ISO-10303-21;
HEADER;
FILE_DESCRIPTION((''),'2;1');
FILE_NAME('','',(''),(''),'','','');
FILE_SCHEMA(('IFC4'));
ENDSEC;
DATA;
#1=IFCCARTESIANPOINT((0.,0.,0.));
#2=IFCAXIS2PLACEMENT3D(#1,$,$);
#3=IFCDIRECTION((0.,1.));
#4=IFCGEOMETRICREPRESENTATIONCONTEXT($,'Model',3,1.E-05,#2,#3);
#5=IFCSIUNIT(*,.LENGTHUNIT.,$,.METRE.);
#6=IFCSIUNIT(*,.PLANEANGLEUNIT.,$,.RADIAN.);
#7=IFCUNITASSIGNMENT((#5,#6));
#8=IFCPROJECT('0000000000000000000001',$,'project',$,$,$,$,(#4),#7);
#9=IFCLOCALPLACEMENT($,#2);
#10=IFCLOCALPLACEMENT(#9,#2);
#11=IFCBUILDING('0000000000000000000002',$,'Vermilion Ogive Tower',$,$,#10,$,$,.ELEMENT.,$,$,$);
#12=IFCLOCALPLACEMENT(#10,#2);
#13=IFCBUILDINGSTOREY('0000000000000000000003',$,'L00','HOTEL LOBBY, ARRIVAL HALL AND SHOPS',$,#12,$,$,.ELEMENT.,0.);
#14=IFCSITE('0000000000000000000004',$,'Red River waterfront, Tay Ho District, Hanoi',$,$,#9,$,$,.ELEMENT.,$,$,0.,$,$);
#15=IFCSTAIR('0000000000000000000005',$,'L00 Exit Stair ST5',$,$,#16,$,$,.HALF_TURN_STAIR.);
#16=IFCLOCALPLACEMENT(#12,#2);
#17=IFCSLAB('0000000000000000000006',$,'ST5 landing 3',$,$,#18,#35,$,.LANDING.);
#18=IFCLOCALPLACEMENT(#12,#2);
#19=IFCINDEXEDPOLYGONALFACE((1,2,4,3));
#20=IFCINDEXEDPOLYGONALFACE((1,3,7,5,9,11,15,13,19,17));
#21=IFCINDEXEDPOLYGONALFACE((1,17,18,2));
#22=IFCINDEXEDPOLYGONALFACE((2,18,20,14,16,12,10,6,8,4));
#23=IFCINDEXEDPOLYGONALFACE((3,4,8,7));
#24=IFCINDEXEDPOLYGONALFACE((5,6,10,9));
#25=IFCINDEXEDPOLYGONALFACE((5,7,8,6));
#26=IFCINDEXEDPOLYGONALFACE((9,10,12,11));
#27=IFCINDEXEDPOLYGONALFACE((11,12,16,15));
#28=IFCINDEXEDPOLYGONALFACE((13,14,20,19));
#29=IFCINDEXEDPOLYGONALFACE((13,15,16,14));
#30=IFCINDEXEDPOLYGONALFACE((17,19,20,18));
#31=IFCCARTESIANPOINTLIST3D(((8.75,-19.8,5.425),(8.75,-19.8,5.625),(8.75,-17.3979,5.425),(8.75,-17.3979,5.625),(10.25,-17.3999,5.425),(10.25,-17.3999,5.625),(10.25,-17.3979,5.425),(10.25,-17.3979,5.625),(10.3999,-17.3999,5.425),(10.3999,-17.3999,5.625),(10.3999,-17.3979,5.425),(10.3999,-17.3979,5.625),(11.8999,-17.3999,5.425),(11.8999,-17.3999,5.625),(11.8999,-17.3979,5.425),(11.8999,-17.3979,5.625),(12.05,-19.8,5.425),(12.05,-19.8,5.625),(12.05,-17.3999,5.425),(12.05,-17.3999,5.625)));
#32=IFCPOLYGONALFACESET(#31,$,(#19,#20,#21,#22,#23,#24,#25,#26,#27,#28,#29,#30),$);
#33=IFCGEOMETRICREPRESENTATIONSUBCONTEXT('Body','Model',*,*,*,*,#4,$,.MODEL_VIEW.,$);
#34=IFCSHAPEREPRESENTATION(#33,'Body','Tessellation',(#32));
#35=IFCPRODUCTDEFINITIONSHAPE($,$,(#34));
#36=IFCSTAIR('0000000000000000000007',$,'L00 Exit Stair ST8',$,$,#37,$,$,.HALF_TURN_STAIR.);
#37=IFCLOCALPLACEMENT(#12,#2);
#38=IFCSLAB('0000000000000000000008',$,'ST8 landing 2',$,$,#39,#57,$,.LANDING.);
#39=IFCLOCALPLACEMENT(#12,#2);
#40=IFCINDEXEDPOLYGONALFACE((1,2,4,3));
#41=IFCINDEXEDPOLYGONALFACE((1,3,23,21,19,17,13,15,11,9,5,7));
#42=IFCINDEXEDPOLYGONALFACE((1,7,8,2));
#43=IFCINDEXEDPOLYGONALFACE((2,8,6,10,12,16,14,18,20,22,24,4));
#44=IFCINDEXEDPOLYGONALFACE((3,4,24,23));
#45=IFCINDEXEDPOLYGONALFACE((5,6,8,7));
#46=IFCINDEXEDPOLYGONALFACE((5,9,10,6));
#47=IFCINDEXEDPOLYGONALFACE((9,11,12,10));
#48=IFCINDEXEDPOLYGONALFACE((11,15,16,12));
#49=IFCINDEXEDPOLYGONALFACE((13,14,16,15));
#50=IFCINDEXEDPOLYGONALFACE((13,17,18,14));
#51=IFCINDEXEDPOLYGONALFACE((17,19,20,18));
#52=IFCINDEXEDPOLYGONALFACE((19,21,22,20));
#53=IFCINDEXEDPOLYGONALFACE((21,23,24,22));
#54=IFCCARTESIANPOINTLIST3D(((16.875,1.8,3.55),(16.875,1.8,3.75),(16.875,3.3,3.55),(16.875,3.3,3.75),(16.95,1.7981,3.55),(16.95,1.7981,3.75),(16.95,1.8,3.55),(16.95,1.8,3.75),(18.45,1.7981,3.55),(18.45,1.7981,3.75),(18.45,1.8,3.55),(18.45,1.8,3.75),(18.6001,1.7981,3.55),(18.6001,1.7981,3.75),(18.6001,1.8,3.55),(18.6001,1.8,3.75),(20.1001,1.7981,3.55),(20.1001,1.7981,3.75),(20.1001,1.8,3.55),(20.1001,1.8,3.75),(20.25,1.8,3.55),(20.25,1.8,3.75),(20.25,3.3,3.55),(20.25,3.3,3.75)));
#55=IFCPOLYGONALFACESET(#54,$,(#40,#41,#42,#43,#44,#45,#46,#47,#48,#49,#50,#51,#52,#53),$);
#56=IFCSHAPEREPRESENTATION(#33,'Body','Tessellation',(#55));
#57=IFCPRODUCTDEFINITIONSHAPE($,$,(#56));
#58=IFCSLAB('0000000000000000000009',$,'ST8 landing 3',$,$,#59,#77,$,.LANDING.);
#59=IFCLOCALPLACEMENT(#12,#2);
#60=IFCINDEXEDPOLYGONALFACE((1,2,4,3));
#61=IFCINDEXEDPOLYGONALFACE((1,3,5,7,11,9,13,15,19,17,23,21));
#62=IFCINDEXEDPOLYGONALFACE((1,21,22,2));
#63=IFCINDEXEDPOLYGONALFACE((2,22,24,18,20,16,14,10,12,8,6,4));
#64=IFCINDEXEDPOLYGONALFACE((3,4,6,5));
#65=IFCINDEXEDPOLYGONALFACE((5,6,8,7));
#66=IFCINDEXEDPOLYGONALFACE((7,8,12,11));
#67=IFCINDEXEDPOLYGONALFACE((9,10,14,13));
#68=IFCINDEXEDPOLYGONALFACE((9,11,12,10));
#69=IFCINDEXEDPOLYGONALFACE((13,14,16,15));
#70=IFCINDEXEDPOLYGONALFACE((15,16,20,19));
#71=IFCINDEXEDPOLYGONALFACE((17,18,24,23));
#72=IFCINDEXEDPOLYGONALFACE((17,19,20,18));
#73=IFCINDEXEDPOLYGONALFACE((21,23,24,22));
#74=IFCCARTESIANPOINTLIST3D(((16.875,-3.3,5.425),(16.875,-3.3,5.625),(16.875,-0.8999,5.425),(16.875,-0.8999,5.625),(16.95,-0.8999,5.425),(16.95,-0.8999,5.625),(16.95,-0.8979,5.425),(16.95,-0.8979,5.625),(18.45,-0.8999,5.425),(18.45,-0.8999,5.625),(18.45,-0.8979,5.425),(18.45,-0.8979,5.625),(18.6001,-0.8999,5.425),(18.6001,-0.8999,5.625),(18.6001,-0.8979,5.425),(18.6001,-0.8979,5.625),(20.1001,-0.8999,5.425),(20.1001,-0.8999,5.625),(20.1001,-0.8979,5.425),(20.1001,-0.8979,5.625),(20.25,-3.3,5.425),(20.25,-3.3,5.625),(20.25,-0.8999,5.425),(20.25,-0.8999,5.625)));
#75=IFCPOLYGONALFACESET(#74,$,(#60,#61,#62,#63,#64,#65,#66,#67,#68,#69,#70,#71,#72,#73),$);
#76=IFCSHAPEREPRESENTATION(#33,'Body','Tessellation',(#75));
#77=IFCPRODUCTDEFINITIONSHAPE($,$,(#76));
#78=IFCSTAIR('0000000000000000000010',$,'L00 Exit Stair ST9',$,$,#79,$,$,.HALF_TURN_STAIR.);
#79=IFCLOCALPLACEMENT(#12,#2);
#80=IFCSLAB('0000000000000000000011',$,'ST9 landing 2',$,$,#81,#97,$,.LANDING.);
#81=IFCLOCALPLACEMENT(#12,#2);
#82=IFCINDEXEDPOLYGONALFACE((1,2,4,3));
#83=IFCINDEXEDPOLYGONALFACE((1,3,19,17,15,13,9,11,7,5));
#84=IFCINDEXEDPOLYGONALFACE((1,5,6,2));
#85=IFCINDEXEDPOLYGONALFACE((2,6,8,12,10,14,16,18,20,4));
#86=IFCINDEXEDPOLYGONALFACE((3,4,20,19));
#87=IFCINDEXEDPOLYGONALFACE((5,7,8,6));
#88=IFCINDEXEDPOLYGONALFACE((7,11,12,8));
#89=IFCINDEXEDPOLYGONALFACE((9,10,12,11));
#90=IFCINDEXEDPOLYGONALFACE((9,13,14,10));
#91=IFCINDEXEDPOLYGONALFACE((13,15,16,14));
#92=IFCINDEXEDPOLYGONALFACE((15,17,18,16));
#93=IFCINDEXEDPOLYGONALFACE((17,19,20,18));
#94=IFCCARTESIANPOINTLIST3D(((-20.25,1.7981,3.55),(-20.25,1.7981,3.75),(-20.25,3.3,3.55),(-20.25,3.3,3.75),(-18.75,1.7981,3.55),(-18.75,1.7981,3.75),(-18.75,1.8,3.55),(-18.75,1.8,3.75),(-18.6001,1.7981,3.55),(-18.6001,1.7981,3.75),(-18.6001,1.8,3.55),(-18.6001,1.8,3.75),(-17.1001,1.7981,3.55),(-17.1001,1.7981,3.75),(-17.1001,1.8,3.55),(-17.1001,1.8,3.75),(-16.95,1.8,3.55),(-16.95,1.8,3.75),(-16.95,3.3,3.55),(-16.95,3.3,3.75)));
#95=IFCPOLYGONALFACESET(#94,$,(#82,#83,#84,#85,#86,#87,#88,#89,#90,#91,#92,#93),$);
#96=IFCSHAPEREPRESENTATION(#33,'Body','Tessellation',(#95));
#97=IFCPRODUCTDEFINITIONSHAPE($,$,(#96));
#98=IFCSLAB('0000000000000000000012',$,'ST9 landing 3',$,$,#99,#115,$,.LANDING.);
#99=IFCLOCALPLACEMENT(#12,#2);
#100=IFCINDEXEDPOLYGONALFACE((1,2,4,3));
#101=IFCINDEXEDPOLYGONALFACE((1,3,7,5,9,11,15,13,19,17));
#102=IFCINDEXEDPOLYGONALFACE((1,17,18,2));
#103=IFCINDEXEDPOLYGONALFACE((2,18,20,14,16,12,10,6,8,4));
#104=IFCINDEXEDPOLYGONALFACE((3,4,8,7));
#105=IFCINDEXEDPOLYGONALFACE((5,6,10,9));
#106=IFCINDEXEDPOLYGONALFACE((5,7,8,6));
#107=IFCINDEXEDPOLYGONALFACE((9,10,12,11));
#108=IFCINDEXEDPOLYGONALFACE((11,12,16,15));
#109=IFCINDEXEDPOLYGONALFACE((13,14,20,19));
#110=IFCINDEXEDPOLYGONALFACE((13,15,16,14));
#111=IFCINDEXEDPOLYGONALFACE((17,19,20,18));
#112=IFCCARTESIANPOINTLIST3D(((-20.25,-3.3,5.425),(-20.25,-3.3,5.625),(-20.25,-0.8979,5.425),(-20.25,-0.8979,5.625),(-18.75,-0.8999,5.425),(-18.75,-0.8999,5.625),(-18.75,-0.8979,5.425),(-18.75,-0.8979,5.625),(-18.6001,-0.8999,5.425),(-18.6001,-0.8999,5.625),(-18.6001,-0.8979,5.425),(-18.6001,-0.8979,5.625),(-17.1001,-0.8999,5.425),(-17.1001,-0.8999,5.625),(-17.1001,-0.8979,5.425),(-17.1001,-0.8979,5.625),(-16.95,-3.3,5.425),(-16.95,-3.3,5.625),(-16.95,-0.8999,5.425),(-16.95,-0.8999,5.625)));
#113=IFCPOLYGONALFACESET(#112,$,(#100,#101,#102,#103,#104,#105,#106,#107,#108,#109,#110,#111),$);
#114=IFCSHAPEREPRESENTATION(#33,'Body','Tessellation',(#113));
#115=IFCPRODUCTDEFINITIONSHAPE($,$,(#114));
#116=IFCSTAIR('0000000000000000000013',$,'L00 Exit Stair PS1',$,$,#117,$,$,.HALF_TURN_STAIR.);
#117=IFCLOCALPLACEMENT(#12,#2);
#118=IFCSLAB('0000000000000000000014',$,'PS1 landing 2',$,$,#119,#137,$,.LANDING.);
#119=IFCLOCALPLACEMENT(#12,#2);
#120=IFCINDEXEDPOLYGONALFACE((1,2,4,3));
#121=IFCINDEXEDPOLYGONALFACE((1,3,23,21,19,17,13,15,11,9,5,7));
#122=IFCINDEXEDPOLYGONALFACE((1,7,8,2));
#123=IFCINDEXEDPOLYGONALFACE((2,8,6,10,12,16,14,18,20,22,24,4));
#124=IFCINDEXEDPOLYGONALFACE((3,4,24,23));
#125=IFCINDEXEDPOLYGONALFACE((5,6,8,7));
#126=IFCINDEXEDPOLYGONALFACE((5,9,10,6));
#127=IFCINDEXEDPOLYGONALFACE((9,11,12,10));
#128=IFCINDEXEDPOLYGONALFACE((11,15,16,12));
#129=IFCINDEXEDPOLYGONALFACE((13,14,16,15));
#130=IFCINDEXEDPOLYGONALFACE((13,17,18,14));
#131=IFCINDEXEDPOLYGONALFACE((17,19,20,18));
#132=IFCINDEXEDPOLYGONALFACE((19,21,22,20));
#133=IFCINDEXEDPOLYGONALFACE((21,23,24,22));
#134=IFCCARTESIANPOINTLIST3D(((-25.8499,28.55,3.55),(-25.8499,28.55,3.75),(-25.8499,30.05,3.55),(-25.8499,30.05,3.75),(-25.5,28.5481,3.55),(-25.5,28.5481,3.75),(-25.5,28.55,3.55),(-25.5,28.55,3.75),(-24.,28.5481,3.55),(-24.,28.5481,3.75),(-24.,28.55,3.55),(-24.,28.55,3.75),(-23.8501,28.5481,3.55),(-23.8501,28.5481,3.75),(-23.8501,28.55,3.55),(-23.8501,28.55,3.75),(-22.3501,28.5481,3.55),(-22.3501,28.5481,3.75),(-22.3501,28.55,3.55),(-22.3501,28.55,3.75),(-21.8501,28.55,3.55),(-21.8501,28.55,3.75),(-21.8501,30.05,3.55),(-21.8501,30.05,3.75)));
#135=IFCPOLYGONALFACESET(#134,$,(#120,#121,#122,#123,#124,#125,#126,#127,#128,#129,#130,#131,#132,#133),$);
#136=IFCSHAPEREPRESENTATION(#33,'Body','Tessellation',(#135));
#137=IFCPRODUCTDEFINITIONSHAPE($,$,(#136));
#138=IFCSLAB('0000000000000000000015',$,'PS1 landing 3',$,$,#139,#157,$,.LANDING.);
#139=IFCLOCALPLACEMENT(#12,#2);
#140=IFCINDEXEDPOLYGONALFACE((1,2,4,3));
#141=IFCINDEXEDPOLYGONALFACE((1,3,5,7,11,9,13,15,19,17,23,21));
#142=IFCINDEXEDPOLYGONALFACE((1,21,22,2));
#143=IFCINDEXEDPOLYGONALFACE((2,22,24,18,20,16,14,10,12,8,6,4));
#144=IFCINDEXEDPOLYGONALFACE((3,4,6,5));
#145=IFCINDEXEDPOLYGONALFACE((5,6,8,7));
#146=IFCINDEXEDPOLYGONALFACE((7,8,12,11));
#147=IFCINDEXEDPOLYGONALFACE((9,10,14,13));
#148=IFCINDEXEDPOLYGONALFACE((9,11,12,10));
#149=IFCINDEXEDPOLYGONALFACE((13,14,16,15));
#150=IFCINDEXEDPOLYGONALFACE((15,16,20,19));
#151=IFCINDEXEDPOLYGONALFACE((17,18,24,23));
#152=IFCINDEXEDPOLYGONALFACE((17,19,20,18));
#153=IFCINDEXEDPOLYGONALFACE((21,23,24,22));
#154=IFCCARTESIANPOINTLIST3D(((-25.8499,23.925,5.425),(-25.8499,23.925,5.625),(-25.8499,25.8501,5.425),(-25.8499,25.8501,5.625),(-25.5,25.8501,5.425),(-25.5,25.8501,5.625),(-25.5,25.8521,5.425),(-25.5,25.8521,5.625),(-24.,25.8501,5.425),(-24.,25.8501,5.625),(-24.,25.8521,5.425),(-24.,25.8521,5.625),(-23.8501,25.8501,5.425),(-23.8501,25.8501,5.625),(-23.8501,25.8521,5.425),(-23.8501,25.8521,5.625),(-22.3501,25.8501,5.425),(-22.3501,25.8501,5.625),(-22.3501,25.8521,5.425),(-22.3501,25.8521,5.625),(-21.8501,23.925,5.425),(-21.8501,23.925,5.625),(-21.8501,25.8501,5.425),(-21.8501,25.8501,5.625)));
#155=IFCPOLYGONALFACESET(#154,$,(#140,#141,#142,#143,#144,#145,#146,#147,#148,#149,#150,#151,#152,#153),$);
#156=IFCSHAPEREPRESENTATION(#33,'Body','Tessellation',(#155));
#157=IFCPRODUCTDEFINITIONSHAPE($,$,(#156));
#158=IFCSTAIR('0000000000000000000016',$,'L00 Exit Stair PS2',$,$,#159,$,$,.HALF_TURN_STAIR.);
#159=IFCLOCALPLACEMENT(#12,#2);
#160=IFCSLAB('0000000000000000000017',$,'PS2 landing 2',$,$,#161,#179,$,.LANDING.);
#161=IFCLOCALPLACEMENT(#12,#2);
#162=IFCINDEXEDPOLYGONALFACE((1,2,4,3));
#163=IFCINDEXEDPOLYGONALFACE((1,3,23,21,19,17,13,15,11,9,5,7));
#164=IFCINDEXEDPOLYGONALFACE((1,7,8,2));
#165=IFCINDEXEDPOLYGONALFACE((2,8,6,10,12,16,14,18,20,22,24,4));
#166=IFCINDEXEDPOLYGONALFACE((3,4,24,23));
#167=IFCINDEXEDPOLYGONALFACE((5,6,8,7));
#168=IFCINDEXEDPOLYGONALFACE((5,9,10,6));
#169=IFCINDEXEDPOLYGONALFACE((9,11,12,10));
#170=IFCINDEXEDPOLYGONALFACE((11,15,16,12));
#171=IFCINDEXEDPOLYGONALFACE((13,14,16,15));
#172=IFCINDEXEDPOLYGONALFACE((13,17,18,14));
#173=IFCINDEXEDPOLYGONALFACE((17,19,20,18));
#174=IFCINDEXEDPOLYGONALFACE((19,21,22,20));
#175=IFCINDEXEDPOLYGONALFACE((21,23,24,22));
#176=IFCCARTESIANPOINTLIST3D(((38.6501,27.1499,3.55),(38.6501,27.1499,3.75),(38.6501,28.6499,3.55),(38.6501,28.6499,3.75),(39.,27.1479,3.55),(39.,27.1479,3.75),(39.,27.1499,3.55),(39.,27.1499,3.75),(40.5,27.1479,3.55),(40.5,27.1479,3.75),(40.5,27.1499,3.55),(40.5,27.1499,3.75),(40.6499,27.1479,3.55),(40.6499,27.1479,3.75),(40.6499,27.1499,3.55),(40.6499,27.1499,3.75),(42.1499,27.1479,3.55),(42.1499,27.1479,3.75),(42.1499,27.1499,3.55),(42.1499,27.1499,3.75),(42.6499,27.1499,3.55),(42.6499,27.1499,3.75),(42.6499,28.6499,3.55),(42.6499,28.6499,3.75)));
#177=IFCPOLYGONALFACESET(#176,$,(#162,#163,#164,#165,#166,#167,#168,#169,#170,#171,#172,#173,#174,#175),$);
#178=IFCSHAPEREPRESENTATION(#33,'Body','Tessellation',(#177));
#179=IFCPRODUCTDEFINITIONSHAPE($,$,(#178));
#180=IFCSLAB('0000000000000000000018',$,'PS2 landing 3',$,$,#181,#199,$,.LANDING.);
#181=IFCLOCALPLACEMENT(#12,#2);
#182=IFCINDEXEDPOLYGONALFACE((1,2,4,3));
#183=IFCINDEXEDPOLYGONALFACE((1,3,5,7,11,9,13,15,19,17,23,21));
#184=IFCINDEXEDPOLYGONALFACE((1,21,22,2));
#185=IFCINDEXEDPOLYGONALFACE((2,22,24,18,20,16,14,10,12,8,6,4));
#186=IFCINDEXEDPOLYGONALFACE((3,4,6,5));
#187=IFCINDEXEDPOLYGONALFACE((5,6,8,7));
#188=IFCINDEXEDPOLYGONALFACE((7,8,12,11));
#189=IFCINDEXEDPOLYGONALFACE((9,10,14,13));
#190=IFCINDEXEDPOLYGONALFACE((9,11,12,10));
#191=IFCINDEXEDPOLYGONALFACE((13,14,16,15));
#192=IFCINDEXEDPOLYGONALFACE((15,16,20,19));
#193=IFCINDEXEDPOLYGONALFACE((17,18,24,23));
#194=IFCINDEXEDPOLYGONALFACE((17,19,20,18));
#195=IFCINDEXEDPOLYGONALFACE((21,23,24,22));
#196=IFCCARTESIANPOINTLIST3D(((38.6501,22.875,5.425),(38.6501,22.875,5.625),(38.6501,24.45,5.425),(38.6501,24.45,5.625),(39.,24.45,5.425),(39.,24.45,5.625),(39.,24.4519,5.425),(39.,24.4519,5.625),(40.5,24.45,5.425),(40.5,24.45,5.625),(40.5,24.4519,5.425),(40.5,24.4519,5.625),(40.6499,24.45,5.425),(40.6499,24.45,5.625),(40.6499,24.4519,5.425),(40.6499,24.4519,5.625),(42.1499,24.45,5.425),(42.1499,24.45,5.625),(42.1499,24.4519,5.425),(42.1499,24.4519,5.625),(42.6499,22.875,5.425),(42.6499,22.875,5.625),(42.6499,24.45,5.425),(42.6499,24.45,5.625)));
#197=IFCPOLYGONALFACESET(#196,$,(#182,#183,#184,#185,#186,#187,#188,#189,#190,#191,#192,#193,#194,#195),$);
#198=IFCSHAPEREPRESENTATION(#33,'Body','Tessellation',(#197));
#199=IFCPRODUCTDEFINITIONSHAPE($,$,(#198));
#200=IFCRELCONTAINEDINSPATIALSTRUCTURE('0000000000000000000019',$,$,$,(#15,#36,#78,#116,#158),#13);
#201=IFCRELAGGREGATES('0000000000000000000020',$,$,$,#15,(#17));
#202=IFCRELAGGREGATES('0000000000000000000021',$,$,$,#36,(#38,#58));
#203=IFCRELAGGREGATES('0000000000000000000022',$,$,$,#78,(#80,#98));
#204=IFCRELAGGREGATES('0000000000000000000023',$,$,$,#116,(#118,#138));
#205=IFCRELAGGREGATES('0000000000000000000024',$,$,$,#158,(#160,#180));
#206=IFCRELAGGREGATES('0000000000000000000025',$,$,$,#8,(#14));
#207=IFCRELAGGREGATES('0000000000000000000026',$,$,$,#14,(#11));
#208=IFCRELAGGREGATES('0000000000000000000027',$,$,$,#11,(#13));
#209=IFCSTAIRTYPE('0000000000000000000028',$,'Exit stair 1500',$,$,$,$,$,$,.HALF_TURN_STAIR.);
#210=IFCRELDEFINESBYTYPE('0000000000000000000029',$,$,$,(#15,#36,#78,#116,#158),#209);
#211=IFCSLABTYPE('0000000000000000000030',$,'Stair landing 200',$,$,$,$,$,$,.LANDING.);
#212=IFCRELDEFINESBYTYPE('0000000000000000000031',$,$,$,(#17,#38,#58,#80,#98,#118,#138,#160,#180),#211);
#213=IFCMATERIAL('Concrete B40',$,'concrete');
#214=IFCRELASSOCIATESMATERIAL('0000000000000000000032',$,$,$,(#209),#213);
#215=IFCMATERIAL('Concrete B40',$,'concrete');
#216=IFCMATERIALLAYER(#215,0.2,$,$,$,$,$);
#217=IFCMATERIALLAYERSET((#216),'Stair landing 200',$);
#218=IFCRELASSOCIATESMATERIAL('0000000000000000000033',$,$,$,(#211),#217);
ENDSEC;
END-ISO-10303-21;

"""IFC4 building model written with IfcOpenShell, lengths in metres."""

from ifc_helpers import new_model, si_unit, direction, frame, origin, place, context, subcontext, project, spatial, polyline, outline, extrude, material, layer, layer_set, type_object, element, aggregate, save


model = new_model("IFC4")

# Units and contexts
model_context = context("Model", 3, precision=1e-05, world=origin(), true_north=direction((0.0, 1.0)))
body_context = subcontext(model_context, "Body", "Model", "MODEL_VIEW")
ifc_project = project(units=[si_unit("LENGTHUNIT", "METRE"), si_unit("PLANEANGLEUNIT", "RADIAN")], contexts=[model_context])

# Site, building, storey
site_placement = place(None, origin())
site = spatial("IfcSite", under=ifc_project, at=site_placement, Name="Red River waterfront, Tay Ho District, Hanoi", CompositionType="ELEMENT", RefElevation=0.0)
building_placement = place(site_placement, origin())
building = spatial("IfcBuilding", under=site, at=building_placement, Name="Vermilion Ogive Tower", CompositionType="ELEMENT")
storey_placement = place(building_placement, origin())
storey = spatial("IfcBuildingStorey", under=building, at=storey_placement, Name="L00", Description="HOTEL LOBBY, ARRIVAL HALL AND SHOPS", CompositionType="ELEMENT", Elevation=0.0)

# Stairs, slabs
ifc_material_1 = material(Name="Concrete B40", Category="concrete")
stair_type = type_object("IfcStairType", Name="Exit stair 1500", PredefinedType="HALF_TURN_STAIR", material=ifc_material_1)
ifc_material_2 = material(Name="Concrete B40", Category="concrete")
ifc_layer = layer(ifc_material_2, 0.2)
ifc_layer_set = layer_set([ifc_layer], Name="Stair landing 200")
slab_type = type_object("IfcSlabType", Name="Stair landing 200", PredefinedType="LANDING", material=ifc_layer_set)
stair_1_placement = place(storey_placement, origin())
stair_1 = element("IfcStair", 1, at=stair_1_placement, inside=storey, type_object=stair_type, Name="L00 Exit Stair ST5", PredefinedType="HALF_TURN_STAIR")
slab_1_placement = place(storey_placement, frame((0.0, 0.0, 5.425)))
slab_1 = element("IfcSlab", 2, at=slab_1_placement, type_object=slab_type, Name="ST5 landing 3", PredefinedType="LANDING", context=body_context, shape_type="SweptSolid", body=[
    extrude(outline(polyline([(12.05, -17.3999), (11.8999, -17.3999), (11.8999, -17.3979), (10.3999, -17.3979), (10.3999, -17.3999), (10.25, -17.3999), (10.25, -17.3979), (8.75, -17.3979), (8.75, -19.8), (12.05, -19.8), (12.05, -17.3999)])), origin(), (0.0, 0.0, 1.0), 0.2),
])
aggregate(stair_1, [slab_1])
stair_2_placement = place(storey_placement, origin())
stair_2 = element("IfcStair", 3, at=stair_2_placement, inside=storey, type_object=stair_type, Name="L00 Exit Stair ST8", PredefinedType="HALF_TURN_STAIR")
slab_2_placement = place(storey_placement, frame((0.0, 0.0, 3.55)))
slab_2 = element("IfcSlab", 4, at=slab_2_placement, type_object=slab_type, Name="ST8 landing 2", PredefinedType="LANDING", context=body_context, shape_type="SweptSolid", body=[
    extrude(outline(polyline([(16.875, 1.8), (16.95, 1.8), (16.95, 1.7981), (18.45, 1.7981), (18.45, 1.8), (18.6001, 1.8), (18.6001, 1.7981), (20.1001, 1.7981), (20.1001, 1.8), (20.25, 1.8), (20.25, 3.3), (16.875, 3.3), (16.875, 1.8)])), origin(), (0.0, 0.0, 1.0), 0.2),
])
slab_3_placement = place(storey_placement, frame((0.0, 0.0, 5.425)))
slab_3 = element("IfcSlab", 5, at=slab_3_placement, type_object=slab_type, Name="ST8 landing 3", PredefinedType="LANDING", context=body_context, shape_type="SweptSolid", body=[
    extrude(outline(polyline([(20.25, -0.8999), (20.1001, -0.8999), (20.1001, -0.8979), (18.6001, -0.8979), (18.6001, -0.8999), (18.45, -0.8999), (18.45, -0.8979), (16.95, -0.8979), (16.95, -0.8999), (16.875, -0.8999), (16.875, -3.3), (20.25, -3.3), (20.25, -0.8999)])), origin(), (0.0, 0.0, 1.0), 0.2),
])
aggregate(stair_2, [slab_2, slab_3])
stair_3_placement = place(storey_placement, origin())
stair_3 = element("IfcStair", 6, at=stair_3_placement, inside=storey, type_object=stair_type, Name="L00 Exit Stair ST9", PredefinedType="HALF_TURN_STAIR")
slab_4_placement = place(storey_placement, frame((0.0, 0.0, 3.55)))
slab_4 = element("IfcSlab", 7, at=slab_4_placement, type_object=slab_type, Name="ST9 landing 2", PredefinedType="LANDING", context=body_context, shape_type="SweptSolid", body=[
    extrude(outline(polyline([(-20.25, 3.3), (-20.25, 1.7981), (-18.75, 1.7981), (-18.75, 1.8), (-18.6001, 1.8), (-18.6001, 1.7981), (-17.1001, 1.7981), (-17.1001, 1.8), (-16.95, 1.8), (-16.95, 3.3), (-20.25, 3.3)])), origin(), (0.0, 0.0, 1.0), 0.2),
])
slab_5_placement = place(storey_placement, frame((0.0, 0.0, 5.425)))
slab_5 = element("IfcSlab", 8, at=slab_5_placement, type_object=slab_type, Name="ST9 landing 3", PredefinedType="LANDING", context=body_context, shape_type="SweptSolid", body=[
    extrude(outline(polyline([(-16.95, -0.8999), (-17.1001, -0.8999), (-17.1001, -0.8979), (-18.6001, -0.8979), (-18.6001, -0.8999), (-18.75, -0.8999), (-18.75, -0.8979), (-20.25, -0.8979), (-20.25, -3.3), (-16.95, -3.3), (-16.95, -0.8999)])), origin(), (0.0, 0.0, 1.0), 0.2),
])
aggregate(stair_3, [slab_4, slab_5])
stair_4_placement = place(storey_placement, origin())
stair_4 = element("IfcStair", 9, at=stair_4_placement, inside=storey, type_object=stair_type, Name="L00 Exit Stair PS1", PredefinedType="HALF_TURN_STAIR")
slab_6_placement = place(storey_placement, frame((0.0, 0.0, 3.55)))
slab_6 = element("IfcSlab", 10, at=slab_6_placement, type_object=slab_type, Name="PS1 landing 2", PredefinedType="LANDING", context=body_context, shape_type="SweptSolid", body=[
    extrude(outline(polyline([(-25.8499, 28.55), (-25.5, 28.55), (-25.5, 28.5481), (-24.0, 28.5481), (-24.0, 28.55), (-23.8501, 28.55), (-23.8501, 28.5481), (-22.3501, 28.5481), (-22.3501, 28.55), (-21.8501, 28.55), (-21.8501, 30.05), (-25.8499, 30.05), (-25.8499, 28.55)])), origin(), (0.0, 0.0, 1.0), 0.2),
])
slab_7_placement = place(storey_placement, frame((0.0, 0.0, 5.425)))
slab_7 = element("IfcSlab", 11, at=slab_7_placement, type_object=slab_type, Name="PS1 landing 3", PredefinedType="LANDING", context=body_context, shape_type="SweptSolid", body=[
    extrude(outline(polyline([(-21.8501, 25.8501), (-22.3501, 25.8501), (-22.3501, 25.8521), (-23.8501, 25.8521), (-23.8501, 25.8501), (-24.0, 25.8501), (-24.0, 25.8521), (-25.5, 25.8521), (-25.5, 25.8501), (-25.8499, 25.8501), (-25.8499, 23.925), (-21.8501, 23.925), (-21.8501, 25.8501)])), origin(), (0.0, 0.0, 1.0), 0.2),
])
aggregate(stair_4, [slab_6, slab_7])
stair_5_placement = place(storey_placement, origin())
stair_5 = element("IfcStair", 12, at=stair_5_placement, inside=storey, type_object=stair_type, Name="L00 Exit Stair PS2", PredefinedType="HALF_TURN_STAIR")
slab_8_placement = place(storey_placement, frame((0.0, 0.0, 3.55)))
slab_8 = element("IfcSlab", 13, at=slab_8_placement, type_object=slab_type, Name="PS2 landing 2", PredefinedType="LANDING", context=body_context, shape_type="SweptSolid", body=[
    extrude(outline(polyline([(38.6501, 27.1499), (39.0, 27.1499), (39.0, 27.1479), (40.5, 27.1479), (40.5, 27.1499), (40.6499, 27.1499), (40.6499, 27.1479), (42.1499, 27.1479), (42.1499, 27.1499), (42.6499, 27.1499), (42.6499, 28.6499), (38.6501, 28.6499), (38.6501, 27.1499)])), origin(), (0.0, 0.0, 1.0), 0.2),
])
slab_9_placement = place(storey_placement, frame((0.0, 0.0, 5.425)))
slab_9 = element("IfcSlab", 14, at=slab_9_placement, type_object=slab_type, Name="PS2 landing 3", PredefinedType="LANDING", context=body_context, shape_type="SweptSolid", body=[
    extrude(outline(polyline([(42.6499, 24.45), (42.1499, 24.45), (42.1499, 24.4519), (40.6499, 24.4519), (40.6499, 24.45), (40.5, 24.45), (40.5, 24.4519), (39.0, 24.4519), (39.0, 24.45), (38.6501, 24.45), (38.6501, 22.875), (42.6499, 22.875), (42.6499, 24.45)])), origin(), (0.0, 0.0, 1.0), 0.2),
])
aggregate(stair_5, [slab_8, slab_9])

save(model, "model.ifc")
